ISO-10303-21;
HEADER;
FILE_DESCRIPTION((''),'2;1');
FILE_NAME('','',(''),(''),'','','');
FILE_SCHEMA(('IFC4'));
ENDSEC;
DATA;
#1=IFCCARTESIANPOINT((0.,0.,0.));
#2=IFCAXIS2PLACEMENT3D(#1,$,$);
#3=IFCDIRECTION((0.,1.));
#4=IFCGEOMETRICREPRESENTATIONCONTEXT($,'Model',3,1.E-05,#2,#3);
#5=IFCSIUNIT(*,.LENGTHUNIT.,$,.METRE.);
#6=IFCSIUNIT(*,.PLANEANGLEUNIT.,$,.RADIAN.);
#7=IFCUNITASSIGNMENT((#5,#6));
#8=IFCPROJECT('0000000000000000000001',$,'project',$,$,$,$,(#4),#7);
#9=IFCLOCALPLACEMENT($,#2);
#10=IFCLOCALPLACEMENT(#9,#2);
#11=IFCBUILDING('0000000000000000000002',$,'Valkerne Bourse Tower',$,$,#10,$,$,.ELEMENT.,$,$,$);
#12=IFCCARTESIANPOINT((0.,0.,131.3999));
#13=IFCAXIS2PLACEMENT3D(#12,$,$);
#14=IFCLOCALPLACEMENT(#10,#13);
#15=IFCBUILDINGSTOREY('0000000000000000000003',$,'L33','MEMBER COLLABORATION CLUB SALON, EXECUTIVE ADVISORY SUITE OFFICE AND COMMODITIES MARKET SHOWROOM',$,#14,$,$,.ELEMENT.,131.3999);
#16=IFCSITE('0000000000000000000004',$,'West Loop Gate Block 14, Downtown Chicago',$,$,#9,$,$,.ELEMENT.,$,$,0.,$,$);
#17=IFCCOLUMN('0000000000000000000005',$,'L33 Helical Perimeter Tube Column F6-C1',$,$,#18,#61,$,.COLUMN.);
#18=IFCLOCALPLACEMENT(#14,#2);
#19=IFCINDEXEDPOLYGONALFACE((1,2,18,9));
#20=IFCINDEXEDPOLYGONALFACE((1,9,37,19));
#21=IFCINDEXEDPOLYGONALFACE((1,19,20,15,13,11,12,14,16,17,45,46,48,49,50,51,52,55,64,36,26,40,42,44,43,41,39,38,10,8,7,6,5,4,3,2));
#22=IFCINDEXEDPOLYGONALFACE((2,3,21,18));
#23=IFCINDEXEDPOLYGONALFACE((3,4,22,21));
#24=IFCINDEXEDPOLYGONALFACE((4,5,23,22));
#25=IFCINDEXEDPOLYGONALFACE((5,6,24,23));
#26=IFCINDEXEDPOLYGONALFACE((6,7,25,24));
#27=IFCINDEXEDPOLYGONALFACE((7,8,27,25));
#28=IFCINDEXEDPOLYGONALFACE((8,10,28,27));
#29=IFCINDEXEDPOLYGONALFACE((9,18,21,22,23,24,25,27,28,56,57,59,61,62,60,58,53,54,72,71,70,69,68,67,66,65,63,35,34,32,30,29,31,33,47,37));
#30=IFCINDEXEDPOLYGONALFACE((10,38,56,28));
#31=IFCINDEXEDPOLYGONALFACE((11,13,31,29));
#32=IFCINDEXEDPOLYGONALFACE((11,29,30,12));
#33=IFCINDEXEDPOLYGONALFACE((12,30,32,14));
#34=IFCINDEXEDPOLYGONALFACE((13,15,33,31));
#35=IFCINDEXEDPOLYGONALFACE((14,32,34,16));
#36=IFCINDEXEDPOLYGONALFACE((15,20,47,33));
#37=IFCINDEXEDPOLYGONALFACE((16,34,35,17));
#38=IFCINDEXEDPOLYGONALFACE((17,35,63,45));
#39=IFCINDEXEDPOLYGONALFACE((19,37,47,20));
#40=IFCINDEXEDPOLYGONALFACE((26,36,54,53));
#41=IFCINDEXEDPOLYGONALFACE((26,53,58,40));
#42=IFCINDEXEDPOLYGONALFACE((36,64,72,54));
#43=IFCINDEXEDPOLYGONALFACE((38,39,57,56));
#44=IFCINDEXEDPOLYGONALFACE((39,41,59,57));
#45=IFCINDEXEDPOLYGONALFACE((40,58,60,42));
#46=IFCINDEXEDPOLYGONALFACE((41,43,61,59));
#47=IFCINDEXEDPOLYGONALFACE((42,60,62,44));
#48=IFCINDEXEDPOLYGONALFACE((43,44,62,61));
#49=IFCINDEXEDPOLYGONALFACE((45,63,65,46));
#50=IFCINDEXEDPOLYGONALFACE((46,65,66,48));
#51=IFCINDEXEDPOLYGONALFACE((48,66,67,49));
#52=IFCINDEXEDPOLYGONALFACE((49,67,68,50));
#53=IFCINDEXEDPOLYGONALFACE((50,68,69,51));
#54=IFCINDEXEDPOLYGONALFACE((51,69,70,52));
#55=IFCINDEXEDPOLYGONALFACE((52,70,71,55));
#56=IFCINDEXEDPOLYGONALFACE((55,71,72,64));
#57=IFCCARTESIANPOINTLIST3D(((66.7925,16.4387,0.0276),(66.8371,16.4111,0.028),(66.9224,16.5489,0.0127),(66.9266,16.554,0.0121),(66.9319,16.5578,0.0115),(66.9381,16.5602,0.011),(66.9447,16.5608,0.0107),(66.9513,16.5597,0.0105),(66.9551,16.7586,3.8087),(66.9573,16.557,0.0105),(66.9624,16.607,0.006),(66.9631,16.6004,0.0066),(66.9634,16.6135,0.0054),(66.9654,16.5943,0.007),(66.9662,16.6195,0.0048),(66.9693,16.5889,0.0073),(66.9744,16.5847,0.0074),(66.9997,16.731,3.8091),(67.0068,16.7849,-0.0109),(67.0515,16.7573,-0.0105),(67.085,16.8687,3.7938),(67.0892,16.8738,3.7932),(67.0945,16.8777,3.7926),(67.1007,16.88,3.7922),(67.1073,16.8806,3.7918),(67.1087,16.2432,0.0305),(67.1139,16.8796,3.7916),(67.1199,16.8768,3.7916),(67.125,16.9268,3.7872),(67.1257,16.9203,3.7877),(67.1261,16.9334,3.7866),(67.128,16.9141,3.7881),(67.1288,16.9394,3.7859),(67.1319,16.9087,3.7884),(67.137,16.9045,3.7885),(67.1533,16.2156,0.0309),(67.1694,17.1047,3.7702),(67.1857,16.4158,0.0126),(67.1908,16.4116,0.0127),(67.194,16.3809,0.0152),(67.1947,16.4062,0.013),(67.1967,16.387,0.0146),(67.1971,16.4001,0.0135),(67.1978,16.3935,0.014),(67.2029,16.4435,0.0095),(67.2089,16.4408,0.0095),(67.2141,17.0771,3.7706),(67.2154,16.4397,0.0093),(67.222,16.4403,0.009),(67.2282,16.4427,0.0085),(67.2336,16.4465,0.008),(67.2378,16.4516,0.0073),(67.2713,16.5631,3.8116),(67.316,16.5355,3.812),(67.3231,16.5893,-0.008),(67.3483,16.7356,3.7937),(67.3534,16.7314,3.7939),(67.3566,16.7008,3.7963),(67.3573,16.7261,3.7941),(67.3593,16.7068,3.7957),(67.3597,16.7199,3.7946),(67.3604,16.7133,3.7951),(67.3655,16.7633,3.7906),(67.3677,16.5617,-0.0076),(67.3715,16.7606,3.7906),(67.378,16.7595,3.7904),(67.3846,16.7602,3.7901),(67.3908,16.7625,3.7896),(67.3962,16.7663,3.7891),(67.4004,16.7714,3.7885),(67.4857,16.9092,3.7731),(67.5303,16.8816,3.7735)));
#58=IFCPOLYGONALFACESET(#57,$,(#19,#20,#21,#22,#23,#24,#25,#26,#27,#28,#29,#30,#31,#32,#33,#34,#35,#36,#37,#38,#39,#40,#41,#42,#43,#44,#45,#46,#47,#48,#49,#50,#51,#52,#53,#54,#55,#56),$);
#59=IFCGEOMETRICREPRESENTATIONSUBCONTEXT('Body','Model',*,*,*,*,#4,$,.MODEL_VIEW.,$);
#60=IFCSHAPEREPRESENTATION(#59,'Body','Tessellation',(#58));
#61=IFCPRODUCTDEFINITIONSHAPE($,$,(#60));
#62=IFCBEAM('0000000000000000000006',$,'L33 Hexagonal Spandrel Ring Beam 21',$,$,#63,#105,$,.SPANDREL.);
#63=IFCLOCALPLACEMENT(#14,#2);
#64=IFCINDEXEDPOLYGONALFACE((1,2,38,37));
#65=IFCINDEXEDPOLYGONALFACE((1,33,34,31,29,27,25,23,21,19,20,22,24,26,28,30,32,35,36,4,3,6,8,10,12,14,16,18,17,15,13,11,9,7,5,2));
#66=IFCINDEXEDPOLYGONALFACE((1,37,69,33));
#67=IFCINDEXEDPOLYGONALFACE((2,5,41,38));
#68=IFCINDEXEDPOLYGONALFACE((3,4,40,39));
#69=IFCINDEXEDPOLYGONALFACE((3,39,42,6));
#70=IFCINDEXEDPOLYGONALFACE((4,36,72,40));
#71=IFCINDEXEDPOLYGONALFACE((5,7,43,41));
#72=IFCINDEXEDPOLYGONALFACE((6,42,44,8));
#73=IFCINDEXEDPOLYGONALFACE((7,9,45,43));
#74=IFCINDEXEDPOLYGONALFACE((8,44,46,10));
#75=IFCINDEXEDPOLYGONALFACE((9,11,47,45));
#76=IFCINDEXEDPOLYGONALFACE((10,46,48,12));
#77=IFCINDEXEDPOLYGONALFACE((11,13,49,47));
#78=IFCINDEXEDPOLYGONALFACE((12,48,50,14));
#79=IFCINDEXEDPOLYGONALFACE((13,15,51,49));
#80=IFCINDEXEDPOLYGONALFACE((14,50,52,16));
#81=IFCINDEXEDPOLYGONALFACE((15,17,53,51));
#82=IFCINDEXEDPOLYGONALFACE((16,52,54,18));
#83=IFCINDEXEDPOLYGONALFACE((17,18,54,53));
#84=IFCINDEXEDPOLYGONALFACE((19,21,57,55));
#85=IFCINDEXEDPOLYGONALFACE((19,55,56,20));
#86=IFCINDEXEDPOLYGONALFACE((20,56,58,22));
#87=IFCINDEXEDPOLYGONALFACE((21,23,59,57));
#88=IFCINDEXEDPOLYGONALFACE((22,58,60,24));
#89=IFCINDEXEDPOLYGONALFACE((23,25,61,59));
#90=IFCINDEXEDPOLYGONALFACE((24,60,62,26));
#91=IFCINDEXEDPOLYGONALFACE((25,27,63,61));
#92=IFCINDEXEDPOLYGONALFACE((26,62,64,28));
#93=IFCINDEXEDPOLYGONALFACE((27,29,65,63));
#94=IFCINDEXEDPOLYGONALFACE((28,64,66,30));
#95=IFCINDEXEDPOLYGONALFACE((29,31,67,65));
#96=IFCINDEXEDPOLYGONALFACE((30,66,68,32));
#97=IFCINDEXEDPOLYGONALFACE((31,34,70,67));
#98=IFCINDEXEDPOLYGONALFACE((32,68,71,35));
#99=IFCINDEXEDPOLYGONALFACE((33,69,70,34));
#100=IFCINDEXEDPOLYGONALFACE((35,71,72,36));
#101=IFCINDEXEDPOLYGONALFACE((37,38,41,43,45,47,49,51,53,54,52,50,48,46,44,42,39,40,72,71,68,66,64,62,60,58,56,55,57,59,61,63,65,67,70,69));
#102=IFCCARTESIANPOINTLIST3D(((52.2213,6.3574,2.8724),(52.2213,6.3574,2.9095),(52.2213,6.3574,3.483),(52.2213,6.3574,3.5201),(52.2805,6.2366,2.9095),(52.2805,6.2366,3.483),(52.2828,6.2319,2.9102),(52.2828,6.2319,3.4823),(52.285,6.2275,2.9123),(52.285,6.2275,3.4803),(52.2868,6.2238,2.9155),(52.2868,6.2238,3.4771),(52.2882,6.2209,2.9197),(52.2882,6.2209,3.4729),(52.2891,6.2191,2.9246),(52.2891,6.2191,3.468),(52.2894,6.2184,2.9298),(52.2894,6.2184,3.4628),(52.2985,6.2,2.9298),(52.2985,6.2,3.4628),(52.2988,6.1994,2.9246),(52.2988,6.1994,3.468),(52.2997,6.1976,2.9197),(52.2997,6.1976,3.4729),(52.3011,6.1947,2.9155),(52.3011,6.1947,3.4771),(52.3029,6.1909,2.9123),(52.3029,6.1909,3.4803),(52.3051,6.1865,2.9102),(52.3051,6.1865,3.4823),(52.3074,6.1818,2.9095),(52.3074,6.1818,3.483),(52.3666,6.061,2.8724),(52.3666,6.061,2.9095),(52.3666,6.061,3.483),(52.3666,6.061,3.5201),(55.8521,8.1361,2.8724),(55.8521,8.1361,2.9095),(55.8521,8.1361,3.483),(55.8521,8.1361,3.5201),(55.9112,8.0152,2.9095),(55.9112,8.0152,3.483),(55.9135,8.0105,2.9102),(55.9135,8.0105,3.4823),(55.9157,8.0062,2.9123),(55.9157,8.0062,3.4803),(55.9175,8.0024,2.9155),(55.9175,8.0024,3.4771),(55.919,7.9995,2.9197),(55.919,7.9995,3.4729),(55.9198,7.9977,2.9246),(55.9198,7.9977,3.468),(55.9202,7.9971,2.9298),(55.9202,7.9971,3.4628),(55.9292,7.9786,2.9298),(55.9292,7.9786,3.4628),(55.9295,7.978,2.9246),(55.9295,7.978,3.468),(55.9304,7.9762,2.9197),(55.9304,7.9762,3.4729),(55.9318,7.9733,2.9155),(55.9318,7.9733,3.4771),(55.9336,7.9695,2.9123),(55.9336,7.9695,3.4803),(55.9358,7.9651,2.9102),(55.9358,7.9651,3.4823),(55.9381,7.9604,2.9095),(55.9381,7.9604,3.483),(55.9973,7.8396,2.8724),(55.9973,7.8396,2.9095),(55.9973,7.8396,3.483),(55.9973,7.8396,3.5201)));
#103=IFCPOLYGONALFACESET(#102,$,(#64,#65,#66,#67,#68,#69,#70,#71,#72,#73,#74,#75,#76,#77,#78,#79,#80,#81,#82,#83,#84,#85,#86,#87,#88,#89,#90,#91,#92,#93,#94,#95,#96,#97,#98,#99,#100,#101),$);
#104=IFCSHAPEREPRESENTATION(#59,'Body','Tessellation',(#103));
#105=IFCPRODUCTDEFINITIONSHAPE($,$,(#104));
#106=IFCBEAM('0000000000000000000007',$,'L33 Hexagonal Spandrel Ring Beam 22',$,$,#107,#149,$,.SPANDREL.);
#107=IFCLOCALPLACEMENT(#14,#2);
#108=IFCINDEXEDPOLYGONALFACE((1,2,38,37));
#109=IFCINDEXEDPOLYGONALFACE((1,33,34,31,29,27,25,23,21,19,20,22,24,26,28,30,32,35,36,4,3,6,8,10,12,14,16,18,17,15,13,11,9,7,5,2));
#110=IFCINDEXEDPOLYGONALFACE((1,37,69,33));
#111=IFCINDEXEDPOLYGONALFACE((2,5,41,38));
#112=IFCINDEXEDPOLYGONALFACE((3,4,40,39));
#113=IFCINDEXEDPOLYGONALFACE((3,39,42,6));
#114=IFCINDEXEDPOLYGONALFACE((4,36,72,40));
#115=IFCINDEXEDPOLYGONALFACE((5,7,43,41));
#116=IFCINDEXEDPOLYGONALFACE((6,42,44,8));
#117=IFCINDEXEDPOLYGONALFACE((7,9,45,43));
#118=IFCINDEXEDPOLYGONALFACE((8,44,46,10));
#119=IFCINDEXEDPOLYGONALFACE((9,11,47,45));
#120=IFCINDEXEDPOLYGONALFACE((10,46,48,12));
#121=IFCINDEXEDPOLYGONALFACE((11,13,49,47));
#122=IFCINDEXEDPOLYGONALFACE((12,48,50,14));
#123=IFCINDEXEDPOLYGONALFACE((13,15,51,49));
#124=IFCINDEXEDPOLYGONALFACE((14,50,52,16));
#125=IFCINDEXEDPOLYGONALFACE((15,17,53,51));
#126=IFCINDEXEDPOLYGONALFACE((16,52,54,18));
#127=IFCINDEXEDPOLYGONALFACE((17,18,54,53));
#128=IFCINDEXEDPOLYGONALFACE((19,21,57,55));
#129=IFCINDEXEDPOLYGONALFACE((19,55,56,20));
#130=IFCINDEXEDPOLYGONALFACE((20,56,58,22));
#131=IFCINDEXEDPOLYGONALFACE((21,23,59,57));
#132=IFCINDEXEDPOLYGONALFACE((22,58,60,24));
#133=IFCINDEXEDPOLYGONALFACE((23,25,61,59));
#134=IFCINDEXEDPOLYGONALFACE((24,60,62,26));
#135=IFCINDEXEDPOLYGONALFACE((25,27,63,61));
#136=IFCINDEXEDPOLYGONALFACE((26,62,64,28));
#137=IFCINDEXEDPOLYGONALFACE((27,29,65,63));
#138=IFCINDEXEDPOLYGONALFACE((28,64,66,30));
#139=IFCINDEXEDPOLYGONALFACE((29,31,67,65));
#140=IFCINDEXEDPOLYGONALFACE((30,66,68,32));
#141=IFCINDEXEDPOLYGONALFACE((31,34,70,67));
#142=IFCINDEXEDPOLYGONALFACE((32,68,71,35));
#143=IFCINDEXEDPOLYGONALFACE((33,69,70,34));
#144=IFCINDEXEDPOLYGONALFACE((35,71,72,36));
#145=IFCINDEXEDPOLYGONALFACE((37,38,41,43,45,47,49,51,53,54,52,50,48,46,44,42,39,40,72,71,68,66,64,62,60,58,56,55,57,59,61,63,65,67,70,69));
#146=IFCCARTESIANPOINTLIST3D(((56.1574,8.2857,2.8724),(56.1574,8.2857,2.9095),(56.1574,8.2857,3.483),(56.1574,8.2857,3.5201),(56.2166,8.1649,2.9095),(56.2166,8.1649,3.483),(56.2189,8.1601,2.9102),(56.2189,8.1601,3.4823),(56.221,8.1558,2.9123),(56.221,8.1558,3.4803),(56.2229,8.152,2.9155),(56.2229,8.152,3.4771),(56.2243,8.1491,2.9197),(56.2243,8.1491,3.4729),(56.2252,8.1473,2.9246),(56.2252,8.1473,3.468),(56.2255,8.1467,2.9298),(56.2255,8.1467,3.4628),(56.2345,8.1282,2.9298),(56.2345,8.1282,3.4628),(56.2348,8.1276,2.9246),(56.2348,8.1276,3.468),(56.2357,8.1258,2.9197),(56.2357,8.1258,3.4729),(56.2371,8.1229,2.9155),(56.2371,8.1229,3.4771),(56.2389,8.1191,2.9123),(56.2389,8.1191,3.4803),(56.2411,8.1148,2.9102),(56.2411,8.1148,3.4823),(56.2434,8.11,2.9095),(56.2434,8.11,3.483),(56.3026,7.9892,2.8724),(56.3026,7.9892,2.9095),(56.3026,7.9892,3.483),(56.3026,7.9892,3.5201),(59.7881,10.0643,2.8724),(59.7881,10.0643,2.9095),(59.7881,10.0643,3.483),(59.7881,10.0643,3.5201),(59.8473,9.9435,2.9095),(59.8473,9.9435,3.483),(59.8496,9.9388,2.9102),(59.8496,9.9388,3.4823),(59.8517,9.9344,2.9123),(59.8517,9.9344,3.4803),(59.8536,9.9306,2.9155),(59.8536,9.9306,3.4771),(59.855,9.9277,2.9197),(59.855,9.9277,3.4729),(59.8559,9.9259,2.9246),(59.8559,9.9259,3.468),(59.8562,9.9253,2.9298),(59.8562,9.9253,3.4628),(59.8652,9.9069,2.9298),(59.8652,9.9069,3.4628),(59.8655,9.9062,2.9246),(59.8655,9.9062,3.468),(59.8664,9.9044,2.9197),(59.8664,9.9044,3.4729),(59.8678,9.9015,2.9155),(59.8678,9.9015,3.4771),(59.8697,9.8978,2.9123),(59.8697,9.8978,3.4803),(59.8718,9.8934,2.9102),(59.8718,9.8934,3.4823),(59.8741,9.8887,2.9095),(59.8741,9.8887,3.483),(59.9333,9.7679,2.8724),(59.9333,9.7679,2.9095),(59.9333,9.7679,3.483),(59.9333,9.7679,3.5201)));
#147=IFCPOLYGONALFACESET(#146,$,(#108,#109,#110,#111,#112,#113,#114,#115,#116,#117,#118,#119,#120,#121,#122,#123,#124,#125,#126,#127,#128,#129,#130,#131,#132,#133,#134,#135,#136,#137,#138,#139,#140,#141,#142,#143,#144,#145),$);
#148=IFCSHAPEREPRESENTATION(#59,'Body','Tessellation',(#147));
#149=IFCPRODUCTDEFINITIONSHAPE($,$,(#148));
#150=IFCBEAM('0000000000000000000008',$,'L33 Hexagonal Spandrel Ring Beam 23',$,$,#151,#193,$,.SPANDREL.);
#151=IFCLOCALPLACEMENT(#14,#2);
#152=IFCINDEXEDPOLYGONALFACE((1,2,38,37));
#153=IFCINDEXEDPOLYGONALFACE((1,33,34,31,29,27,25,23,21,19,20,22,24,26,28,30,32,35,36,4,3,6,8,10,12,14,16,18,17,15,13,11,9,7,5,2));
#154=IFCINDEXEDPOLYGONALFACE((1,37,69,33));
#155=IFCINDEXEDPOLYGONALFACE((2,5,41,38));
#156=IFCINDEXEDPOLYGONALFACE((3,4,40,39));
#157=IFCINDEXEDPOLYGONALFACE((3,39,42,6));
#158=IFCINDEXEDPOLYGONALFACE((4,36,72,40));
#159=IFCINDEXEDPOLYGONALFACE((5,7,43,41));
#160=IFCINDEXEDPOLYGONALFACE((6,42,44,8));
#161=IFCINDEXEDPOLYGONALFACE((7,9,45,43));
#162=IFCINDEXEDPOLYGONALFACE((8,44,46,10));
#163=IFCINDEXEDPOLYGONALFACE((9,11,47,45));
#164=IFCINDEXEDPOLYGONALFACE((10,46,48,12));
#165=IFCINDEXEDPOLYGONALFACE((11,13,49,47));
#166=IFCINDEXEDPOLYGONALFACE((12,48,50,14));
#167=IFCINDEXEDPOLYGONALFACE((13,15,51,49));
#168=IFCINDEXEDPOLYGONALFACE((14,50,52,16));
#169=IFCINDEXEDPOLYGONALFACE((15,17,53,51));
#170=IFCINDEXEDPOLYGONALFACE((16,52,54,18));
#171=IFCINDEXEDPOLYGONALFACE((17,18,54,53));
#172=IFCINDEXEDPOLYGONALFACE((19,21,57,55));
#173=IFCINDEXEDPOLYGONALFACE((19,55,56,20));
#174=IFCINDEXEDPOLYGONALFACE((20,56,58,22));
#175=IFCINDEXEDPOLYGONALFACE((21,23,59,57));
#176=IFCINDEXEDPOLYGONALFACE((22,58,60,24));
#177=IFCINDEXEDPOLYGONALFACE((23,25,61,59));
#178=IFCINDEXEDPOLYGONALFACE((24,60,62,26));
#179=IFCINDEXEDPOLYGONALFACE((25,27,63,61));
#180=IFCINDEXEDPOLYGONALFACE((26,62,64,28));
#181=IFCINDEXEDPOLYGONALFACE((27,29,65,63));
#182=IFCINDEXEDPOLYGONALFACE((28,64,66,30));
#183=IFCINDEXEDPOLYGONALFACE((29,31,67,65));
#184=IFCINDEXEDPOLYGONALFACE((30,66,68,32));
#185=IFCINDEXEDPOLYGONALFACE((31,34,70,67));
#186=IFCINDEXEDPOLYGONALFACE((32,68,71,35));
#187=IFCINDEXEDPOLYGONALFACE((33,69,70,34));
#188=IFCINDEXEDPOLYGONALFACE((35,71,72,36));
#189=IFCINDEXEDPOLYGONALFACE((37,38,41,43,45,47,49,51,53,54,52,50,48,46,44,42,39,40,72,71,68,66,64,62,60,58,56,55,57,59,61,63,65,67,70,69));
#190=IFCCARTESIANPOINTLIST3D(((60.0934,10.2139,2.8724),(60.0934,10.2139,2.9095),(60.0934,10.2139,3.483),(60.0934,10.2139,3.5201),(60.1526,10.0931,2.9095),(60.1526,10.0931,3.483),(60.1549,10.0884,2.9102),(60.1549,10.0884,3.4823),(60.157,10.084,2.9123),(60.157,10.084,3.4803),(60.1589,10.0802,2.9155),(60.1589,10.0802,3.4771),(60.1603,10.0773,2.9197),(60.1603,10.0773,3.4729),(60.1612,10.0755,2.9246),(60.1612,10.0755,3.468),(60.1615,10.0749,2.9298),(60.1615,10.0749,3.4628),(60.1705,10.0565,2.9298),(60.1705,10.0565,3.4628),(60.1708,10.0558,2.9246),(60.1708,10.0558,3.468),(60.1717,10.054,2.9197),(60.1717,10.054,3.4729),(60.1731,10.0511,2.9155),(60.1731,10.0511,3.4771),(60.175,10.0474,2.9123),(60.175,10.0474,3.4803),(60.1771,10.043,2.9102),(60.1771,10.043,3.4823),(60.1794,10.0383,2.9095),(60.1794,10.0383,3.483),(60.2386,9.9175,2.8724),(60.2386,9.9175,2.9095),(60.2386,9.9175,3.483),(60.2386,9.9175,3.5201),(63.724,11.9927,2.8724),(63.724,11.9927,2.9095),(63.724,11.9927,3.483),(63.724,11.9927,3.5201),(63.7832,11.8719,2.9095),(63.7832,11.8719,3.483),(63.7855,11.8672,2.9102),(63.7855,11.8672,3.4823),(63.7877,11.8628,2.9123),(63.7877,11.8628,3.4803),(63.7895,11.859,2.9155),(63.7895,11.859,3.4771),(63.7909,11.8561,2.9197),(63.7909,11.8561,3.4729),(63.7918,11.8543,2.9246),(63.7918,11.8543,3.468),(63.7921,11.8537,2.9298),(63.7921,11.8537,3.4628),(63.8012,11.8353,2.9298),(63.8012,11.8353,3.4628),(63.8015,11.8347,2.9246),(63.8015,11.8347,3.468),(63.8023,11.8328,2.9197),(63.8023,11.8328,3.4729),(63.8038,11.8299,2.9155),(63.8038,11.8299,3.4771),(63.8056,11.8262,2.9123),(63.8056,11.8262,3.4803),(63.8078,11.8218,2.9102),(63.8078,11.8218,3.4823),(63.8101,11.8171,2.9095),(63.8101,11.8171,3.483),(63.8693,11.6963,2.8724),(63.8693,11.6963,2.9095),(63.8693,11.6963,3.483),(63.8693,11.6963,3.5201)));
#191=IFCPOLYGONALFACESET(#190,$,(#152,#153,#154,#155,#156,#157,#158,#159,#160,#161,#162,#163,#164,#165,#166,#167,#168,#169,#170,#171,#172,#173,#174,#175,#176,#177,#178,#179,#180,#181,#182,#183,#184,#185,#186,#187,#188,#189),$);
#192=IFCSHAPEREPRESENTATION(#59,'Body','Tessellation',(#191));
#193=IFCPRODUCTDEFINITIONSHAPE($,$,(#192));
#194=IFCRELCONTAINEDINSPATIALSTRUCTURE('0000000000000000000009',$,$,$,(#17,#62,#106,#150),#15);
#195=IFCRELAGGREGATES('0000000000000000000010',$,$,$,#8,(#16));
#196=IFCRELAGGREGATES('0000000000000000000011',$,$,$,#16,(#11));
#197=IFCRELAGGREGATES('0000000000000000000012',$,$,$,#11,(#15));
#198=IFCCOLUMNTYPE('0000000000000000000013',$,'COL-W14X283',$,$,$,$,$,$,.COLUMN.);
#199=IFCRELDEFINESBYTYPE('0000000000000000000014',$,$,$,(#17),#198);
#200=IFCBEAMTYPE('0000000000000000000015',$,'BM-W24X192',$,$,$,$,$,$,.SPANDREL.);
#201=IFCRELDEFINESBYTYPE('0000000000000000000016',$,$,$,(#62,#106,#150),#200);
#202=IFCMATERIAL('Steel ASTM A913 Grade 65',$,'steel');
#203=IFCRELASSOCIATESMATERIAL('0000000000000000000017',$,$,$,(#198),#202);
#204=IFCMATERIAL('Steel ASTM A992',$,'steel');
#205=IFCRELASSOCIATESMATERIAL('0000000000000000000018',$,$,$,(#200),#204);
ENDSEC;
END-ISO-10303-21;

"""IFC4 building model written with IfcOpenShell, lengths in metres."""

from ifc_helpers import new_model, si_unit, direction, frame, origin, origin_2d, place, context, subcontext, project, spatial, i_section, extrude, material, material_profile, profile_set, type_object, element, save


model = new_model("IFC4")

# Units and contexts
model_context = context("Model", 3, precision=1e-05, world=origin(), true_north=direction((0.0, 1.0)))
body_context = subcontext(model_context, "Body", "Model", "MODEL_VIEW")
ifc_project = project(units=[si_unit("LENGTHUNIT", "METRE"), si_unit("PLANEANGLEUNIT", "RADIAN")], contexts=[model_context])

# Site, building, storey
site_placement = place(None, origin())
site = spatial("IfcSite", under=ifc_project, at=site_placement, Name="West Loop Gate Block 14, Downtown Chicago", CompositionType="ELEMENT", RefElevation=0.0)
building_placement = place(site_placement, origin())
building = spatial("IfcBuilding", under=site, at=building_placement, Name="Valkerne Bourse Tower", CompositionType="ELEMENT")
storey_placement = place(building_placement, frame((0.0, 0.0, 131.3999)))
storey = spatial("IfcBuildingStorey", under=building, at=storey_placement, Name="L33", Description="MEMBER COLLABORATION CLUB SALON, EXECUTIVE ADVISORY SUITE OFFICE AND COMMODITIES MARKET SHOWROOM", CompositionType="ELEMENT", Elevation=131.3999)

# Column
ifc_material_1 = material(Name="Steel ASTM A913 Grade 65", Category="steel")
ifc_material_profile_1 = material_profile(ifc_material_1, i_section(OverallWidth=0.4089, OverallDepth=0.4243, WebThickness=0.0327, FlangeThickness=0.0525, FilletRadius=0.0254, at=origin_2d()), Name="W14X283")
ifc_profile_set_1 = profile_set([ifc_material_profile_1], Name="Steel ASTM A913 Grade 65")
column_type = type_object("IfcColumnType", Name="COL-W14X283", PredefinedType="COLUMN", material=ifc_profile_set_1)
for number, where, z_axis, x_axis, name in (
    (1, (67.0801, 16.5002, 0.01), (0.042811, 0.084209, 0.995528), (-0.524174, -0.846392, 0.094135), "L33 Helical Perimeter Tube Column F6-C1"),
):
    element("IfcColumn", number, at=place(storey_placement, frame(where, z_axis=z_axis, x_axis=x_axis)), inside=storey, type_object=column_type, Name=name, PredefinedType="COLUMN", context=body_context, shape_type="SweptSolid", body=[
        extrude(i_section(OverallWidth=0.4089, OverallDepth=0.4243, WebThickness=0.0327, FlangeThickness=0.0525, FilletRadius=0.0254, at=origin_2d()), origin(), (0.0, 0.0, 1.0), 3.7981),
    ])

# Beams
ifc_material_2 = material(Name="Steel ASTM A992", Category="steel")
ifc_material_profile_2 = material_profile(ifc_material_2, i_section(OverallWidth=0.3301, OverallDepth=0.6477, WebThickness=0.0205, FlangeThickness=0.0371, FilletRadius=0.0203, at=origin_2d()), Name="W24X192")
ifc_profile_set_2 = profile_set([ifc_material_profile_2], Name="Steel ASTM A992")
beam_type = type_object("IfcBeamType", Name="BM-W24X192", PredefinedType="SPANDREL", material=ifc_profile_set_2)
for number, where, z_axis, x_axis, name in (
    (2, (52.2939, 6.2092, 3.1963), (0.898033, 0.439928, 0.0), (-0.439928, 0.898033, 0.0), "L33 Hexagonal Spandrel Ring Beam 21"),
    (3, (56.23, 8.1375, 3.1963), (0.898033, 0.439928, 0.0), (-0.439928, 0.898033, 0.0), "L33 Hexagonal Spandrel Ring Beam 22"),
    (4, (60.166, 10.0657, 3.1963), (0.898009, 0.439977, 0.0), (-0.439977, 0.898009, 0.0), "L33 Hexagonal Spandrel Ring Beam 23"),
):
    element("IfcBeam", number, at=place(storey_placement, frame(where, z_axis=z_axis, x_axis=x_axis)), inside=storey, type_object=beam_type, Name=name, PredefinedType="SPANDREL", context=body_context, shape_type="SweptSolid", body=[
        extrude(i_section(OverallWidth=0.3301, OverallDepth=0.6477, WebThickness=0.0205, FlangeThickness=0.0371, FilletRadius=0.0203, at=origin_2d()), origin(), (0.0, 0.0, 1.0), 4.043),
    ])

save(model, "model.ifc")
